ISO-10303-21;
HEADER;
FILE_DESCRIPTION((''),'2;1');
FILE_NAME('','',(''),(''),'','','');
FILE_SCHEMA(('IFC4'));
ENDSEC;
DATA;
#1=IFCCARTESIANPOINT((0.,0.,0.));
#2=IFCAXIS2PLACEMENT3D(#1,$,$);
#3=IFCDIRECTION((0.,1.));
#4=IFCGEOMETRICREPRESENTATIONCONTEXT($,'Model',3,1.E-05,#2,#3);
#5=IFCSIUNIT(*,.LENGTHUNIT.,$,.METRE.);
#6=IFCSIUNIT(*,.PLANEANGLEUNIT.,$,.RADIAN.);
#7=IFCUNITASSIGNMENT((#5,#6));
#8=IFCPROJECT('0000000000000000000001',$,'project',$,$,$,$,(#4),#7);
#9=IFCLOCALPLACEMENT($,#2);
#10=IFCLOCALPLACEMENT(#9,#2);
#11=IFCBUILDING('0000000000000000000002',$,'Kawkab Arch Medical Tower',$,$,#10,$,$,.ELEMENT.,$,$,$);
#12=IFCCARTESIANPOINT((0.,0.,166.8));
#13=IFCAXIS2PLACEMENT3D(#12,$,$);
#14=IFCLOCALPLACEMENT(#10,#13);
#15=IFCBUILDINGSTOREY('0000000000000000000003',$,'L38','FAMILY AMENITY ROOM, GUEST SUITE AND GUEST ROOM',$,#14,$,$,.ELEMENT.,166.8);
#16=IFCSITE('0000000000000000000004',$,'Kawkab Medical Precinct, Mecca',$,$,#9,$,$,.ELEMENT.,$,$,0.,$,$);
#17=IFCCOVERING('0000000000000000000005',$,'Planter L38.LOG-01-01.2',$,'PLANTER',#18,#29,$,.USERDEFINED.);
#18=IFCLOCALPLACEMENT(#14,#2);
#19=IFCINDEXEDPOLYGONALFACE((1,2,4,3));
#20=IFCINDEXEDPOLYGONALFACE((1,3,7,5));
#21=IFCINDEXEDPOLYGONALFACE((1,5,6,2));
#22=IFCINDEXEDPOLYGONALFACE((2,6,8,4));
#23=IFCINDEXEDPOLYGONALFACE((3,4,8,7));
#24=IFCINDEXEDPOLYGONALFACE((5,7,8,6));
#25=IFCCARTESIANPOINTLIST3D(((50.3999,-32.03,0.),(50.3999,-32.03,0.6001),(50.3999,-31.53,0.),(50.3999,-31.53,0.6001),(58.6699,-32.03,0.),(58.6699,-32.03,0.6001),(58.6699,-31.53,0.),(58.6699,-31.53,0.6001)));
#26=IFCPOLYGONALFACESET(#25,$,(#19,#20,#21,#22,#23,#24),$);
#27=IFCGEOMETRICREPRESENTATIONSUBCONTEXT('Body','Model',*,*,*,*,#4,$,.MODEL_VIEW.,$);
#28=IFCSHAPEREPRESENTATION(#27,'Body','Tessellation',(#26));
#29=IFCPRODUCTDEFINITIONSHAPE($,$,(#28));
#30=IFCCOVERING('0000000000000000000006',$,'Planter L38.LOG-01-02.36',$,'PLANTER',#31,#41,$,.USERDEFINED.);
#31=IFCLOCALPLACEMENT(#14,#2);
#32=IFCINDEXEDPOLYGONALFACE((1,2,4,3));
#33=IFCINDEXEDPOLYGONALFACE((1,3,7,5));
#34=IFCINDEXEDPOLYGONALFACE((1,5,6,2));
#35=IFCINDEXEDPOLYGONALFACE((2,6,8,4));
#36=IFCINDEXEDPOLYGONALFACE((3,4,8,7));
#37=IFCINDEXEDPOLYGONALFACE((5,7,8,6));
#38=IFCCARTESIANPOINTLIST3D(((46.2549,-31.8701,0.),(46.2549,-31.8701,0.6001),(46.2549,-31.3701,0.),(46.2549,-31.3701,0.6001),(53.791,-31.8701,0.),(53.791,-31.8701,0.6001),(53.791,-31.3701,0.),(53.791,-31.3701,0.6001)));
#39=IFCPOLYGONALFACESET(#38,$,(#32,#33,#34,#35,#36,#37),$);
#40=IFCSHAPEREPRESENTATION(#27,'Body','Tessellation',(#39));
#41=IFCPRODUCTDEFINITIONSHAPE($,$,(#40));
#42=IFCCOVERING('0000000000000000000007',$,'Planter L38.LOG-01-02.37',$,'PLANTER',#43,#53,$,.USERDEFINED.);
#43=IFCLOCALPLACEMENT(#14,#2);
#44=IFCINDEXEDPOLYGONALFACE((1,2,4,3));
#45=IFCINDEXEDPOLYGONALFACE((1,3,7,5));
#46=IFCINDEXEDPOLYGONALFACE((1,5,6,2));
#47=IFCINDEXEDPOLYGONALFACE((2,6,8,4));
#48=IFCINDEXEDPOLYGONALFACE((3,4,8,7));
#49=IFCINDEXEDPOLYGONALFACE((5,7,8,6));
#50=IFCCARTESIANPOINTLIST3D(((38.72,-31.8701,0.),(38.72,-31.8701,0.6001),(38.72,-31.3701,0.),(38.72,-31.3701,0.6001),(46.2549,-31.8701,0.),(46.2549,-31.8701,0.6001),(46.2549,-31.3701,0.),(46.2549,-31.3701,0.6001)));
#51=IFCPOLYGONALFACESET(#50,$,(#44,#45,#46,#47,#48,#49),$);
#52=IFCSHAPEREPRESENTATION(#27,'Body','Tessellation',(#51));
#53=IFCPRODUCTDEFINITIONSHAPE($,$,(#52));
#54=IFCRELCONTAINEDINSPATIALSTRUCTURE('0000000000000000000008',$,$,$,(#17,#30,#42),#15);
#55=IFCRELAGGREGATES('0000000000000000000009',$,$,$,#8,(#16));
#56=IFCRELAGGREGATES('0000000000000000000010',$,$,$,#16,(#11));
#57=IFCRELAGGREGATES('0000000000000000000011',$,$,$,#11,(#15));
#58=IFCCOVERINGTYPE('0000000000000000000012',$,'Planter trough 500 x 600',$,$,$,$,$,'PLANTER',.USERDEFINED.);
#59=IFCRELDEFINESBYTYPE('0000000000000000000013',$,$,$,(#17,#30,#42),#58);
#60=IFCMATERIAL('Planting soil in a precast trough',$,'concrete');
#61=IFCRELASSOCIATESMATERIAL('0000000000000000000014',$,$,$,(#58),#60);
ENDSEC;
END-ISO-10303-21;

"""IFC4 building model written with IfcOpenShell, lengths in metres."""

from ifc_helpers import new_model, si_unit, direction, frame, origin, origin_2d, place, context, subcontext, project, spatial, rectangle, extrude, material, material_profile, profile_set, type_object, element, save


model = new_model("IFC4")

# Units and contexts
model_context = context("Model", 3, precision=1e-05, world=origin(), true_north=direction((0.0, 1.0)))
body_context = subcontext(model_context, "Body", "Model", "MODEL_VIEW")
ifc_project = project(units=[si_unit("LENGTHUNIT", "METRE"), si_unit("PLANEANGLEUNIT", "RADIAN")], contexts=[model_context])

# Site, building, storey
site_placement = place(None, origin())
site = spatial("IfcSite", under=ifc_project, at=site_placement, Name="Kawkab Medical Precinct, Mecca", CompositionType="ELEMENT", RefElevation=0.0)
building_placement = place(site_placement, origin())
building = spatial("IfcBuilding", under=site, at=building_placement, Name="Kawkab Arch Medical Tower", CompositionType="ELEMENT")
storey_placement = place(building_placement, frame((0.0, 0.0, 166.8)))
storey = spatial("IfcBuildingStorey", under=building, at=storey_placement, Name="L38", Description="FAMILY AMENITY ROOM, GUEST SUITE AND GUEST ROOM", CompositionType="ELEMENT", Elevation=166.8)

# Coverings
ifc_material_1 = material(Name="Planting soil in a precast trough", Category="concrete")
ifc_material_profile_1 = material_profile(ifc_material_1, rectangle(XDim=0.5, YDim=0.6001, at=origin_2d()), Name="Trough 500x600")
ifc_profile_set_1 = profile_set([ifc_material_profile_1], Name="Planting soil in a precast trough")
covering_type_1 = type_object("IfcCoveringType", Name="Planter trough 500 x 600", ElementType="PLANTER", PredefinedType="USERDEFINED", material=ifc_profile_set_1)
covering_1_placement = place(storey_placement, frame((50.3999, -31.78, 0.3), z_axis=(1.0, 0.0, 0.0), x_axis=(0.0, 1.0, 0.0)))
element("IfcCovering", 1, at=covering_1_placement, inside=storey, type_object=covering_type_1, Name="Planter L38.LOG-01-01.2", ObjectType="PLANTER", PredefinedType="USERDEFINED", context=body_context, shape_type="SweptSolid", body=[
    extrude(rectangle(XDim=0.5, YDim=0.6001, at=origin_2d()), origin(), (0.0, 0.0, 1.0), 8.27),
])
covering_2_placement = place(storey_placement, frame((53.791, -31.6201, 0.3), z_axis=(-1.0, 0.0, 0.0), x_axis=(0.0, -1.0, 0.0)))
element("IfcCovering", 2, at=covering_2_placement, inside=storey, type_object=covering_type_1, Name="Planter L38.LOG-01-02.36", ObjectType="PLANTER", PredefinedType="USERDEFINED", context=body_context, shape_type="SweptSolid", body=[
    extrude(rectangle(XDim=0.5, YDim=0.6001, at=origin_2d()), origin(), (0.0, 0.0, 1.0), 7.5361),
])
covering_3_placement = place(storey_placement, frame((46.2549, -31.6201, 0.3), z_axis=(-1.0, 0.0, 0.0), x_axis=(0.0, -1.0, 0.0)))
element("IfcCovering", 3, at=covering_3_placement, inside=storey, type_object=covering_type_1, Name="Planter L38.LOG-01-02.37", ObjectType="PLANTER", PredefinedType="USERDEFINED", context=body_context, shape_type="SweptSolid", body=[
    extrude(rectangle(XDim=0.5, YDim=0.6001, at=origin_2d()), origin(), (0.0, 0.0, 1.0), 7.5349),
])

save(model, "model.ifc")
